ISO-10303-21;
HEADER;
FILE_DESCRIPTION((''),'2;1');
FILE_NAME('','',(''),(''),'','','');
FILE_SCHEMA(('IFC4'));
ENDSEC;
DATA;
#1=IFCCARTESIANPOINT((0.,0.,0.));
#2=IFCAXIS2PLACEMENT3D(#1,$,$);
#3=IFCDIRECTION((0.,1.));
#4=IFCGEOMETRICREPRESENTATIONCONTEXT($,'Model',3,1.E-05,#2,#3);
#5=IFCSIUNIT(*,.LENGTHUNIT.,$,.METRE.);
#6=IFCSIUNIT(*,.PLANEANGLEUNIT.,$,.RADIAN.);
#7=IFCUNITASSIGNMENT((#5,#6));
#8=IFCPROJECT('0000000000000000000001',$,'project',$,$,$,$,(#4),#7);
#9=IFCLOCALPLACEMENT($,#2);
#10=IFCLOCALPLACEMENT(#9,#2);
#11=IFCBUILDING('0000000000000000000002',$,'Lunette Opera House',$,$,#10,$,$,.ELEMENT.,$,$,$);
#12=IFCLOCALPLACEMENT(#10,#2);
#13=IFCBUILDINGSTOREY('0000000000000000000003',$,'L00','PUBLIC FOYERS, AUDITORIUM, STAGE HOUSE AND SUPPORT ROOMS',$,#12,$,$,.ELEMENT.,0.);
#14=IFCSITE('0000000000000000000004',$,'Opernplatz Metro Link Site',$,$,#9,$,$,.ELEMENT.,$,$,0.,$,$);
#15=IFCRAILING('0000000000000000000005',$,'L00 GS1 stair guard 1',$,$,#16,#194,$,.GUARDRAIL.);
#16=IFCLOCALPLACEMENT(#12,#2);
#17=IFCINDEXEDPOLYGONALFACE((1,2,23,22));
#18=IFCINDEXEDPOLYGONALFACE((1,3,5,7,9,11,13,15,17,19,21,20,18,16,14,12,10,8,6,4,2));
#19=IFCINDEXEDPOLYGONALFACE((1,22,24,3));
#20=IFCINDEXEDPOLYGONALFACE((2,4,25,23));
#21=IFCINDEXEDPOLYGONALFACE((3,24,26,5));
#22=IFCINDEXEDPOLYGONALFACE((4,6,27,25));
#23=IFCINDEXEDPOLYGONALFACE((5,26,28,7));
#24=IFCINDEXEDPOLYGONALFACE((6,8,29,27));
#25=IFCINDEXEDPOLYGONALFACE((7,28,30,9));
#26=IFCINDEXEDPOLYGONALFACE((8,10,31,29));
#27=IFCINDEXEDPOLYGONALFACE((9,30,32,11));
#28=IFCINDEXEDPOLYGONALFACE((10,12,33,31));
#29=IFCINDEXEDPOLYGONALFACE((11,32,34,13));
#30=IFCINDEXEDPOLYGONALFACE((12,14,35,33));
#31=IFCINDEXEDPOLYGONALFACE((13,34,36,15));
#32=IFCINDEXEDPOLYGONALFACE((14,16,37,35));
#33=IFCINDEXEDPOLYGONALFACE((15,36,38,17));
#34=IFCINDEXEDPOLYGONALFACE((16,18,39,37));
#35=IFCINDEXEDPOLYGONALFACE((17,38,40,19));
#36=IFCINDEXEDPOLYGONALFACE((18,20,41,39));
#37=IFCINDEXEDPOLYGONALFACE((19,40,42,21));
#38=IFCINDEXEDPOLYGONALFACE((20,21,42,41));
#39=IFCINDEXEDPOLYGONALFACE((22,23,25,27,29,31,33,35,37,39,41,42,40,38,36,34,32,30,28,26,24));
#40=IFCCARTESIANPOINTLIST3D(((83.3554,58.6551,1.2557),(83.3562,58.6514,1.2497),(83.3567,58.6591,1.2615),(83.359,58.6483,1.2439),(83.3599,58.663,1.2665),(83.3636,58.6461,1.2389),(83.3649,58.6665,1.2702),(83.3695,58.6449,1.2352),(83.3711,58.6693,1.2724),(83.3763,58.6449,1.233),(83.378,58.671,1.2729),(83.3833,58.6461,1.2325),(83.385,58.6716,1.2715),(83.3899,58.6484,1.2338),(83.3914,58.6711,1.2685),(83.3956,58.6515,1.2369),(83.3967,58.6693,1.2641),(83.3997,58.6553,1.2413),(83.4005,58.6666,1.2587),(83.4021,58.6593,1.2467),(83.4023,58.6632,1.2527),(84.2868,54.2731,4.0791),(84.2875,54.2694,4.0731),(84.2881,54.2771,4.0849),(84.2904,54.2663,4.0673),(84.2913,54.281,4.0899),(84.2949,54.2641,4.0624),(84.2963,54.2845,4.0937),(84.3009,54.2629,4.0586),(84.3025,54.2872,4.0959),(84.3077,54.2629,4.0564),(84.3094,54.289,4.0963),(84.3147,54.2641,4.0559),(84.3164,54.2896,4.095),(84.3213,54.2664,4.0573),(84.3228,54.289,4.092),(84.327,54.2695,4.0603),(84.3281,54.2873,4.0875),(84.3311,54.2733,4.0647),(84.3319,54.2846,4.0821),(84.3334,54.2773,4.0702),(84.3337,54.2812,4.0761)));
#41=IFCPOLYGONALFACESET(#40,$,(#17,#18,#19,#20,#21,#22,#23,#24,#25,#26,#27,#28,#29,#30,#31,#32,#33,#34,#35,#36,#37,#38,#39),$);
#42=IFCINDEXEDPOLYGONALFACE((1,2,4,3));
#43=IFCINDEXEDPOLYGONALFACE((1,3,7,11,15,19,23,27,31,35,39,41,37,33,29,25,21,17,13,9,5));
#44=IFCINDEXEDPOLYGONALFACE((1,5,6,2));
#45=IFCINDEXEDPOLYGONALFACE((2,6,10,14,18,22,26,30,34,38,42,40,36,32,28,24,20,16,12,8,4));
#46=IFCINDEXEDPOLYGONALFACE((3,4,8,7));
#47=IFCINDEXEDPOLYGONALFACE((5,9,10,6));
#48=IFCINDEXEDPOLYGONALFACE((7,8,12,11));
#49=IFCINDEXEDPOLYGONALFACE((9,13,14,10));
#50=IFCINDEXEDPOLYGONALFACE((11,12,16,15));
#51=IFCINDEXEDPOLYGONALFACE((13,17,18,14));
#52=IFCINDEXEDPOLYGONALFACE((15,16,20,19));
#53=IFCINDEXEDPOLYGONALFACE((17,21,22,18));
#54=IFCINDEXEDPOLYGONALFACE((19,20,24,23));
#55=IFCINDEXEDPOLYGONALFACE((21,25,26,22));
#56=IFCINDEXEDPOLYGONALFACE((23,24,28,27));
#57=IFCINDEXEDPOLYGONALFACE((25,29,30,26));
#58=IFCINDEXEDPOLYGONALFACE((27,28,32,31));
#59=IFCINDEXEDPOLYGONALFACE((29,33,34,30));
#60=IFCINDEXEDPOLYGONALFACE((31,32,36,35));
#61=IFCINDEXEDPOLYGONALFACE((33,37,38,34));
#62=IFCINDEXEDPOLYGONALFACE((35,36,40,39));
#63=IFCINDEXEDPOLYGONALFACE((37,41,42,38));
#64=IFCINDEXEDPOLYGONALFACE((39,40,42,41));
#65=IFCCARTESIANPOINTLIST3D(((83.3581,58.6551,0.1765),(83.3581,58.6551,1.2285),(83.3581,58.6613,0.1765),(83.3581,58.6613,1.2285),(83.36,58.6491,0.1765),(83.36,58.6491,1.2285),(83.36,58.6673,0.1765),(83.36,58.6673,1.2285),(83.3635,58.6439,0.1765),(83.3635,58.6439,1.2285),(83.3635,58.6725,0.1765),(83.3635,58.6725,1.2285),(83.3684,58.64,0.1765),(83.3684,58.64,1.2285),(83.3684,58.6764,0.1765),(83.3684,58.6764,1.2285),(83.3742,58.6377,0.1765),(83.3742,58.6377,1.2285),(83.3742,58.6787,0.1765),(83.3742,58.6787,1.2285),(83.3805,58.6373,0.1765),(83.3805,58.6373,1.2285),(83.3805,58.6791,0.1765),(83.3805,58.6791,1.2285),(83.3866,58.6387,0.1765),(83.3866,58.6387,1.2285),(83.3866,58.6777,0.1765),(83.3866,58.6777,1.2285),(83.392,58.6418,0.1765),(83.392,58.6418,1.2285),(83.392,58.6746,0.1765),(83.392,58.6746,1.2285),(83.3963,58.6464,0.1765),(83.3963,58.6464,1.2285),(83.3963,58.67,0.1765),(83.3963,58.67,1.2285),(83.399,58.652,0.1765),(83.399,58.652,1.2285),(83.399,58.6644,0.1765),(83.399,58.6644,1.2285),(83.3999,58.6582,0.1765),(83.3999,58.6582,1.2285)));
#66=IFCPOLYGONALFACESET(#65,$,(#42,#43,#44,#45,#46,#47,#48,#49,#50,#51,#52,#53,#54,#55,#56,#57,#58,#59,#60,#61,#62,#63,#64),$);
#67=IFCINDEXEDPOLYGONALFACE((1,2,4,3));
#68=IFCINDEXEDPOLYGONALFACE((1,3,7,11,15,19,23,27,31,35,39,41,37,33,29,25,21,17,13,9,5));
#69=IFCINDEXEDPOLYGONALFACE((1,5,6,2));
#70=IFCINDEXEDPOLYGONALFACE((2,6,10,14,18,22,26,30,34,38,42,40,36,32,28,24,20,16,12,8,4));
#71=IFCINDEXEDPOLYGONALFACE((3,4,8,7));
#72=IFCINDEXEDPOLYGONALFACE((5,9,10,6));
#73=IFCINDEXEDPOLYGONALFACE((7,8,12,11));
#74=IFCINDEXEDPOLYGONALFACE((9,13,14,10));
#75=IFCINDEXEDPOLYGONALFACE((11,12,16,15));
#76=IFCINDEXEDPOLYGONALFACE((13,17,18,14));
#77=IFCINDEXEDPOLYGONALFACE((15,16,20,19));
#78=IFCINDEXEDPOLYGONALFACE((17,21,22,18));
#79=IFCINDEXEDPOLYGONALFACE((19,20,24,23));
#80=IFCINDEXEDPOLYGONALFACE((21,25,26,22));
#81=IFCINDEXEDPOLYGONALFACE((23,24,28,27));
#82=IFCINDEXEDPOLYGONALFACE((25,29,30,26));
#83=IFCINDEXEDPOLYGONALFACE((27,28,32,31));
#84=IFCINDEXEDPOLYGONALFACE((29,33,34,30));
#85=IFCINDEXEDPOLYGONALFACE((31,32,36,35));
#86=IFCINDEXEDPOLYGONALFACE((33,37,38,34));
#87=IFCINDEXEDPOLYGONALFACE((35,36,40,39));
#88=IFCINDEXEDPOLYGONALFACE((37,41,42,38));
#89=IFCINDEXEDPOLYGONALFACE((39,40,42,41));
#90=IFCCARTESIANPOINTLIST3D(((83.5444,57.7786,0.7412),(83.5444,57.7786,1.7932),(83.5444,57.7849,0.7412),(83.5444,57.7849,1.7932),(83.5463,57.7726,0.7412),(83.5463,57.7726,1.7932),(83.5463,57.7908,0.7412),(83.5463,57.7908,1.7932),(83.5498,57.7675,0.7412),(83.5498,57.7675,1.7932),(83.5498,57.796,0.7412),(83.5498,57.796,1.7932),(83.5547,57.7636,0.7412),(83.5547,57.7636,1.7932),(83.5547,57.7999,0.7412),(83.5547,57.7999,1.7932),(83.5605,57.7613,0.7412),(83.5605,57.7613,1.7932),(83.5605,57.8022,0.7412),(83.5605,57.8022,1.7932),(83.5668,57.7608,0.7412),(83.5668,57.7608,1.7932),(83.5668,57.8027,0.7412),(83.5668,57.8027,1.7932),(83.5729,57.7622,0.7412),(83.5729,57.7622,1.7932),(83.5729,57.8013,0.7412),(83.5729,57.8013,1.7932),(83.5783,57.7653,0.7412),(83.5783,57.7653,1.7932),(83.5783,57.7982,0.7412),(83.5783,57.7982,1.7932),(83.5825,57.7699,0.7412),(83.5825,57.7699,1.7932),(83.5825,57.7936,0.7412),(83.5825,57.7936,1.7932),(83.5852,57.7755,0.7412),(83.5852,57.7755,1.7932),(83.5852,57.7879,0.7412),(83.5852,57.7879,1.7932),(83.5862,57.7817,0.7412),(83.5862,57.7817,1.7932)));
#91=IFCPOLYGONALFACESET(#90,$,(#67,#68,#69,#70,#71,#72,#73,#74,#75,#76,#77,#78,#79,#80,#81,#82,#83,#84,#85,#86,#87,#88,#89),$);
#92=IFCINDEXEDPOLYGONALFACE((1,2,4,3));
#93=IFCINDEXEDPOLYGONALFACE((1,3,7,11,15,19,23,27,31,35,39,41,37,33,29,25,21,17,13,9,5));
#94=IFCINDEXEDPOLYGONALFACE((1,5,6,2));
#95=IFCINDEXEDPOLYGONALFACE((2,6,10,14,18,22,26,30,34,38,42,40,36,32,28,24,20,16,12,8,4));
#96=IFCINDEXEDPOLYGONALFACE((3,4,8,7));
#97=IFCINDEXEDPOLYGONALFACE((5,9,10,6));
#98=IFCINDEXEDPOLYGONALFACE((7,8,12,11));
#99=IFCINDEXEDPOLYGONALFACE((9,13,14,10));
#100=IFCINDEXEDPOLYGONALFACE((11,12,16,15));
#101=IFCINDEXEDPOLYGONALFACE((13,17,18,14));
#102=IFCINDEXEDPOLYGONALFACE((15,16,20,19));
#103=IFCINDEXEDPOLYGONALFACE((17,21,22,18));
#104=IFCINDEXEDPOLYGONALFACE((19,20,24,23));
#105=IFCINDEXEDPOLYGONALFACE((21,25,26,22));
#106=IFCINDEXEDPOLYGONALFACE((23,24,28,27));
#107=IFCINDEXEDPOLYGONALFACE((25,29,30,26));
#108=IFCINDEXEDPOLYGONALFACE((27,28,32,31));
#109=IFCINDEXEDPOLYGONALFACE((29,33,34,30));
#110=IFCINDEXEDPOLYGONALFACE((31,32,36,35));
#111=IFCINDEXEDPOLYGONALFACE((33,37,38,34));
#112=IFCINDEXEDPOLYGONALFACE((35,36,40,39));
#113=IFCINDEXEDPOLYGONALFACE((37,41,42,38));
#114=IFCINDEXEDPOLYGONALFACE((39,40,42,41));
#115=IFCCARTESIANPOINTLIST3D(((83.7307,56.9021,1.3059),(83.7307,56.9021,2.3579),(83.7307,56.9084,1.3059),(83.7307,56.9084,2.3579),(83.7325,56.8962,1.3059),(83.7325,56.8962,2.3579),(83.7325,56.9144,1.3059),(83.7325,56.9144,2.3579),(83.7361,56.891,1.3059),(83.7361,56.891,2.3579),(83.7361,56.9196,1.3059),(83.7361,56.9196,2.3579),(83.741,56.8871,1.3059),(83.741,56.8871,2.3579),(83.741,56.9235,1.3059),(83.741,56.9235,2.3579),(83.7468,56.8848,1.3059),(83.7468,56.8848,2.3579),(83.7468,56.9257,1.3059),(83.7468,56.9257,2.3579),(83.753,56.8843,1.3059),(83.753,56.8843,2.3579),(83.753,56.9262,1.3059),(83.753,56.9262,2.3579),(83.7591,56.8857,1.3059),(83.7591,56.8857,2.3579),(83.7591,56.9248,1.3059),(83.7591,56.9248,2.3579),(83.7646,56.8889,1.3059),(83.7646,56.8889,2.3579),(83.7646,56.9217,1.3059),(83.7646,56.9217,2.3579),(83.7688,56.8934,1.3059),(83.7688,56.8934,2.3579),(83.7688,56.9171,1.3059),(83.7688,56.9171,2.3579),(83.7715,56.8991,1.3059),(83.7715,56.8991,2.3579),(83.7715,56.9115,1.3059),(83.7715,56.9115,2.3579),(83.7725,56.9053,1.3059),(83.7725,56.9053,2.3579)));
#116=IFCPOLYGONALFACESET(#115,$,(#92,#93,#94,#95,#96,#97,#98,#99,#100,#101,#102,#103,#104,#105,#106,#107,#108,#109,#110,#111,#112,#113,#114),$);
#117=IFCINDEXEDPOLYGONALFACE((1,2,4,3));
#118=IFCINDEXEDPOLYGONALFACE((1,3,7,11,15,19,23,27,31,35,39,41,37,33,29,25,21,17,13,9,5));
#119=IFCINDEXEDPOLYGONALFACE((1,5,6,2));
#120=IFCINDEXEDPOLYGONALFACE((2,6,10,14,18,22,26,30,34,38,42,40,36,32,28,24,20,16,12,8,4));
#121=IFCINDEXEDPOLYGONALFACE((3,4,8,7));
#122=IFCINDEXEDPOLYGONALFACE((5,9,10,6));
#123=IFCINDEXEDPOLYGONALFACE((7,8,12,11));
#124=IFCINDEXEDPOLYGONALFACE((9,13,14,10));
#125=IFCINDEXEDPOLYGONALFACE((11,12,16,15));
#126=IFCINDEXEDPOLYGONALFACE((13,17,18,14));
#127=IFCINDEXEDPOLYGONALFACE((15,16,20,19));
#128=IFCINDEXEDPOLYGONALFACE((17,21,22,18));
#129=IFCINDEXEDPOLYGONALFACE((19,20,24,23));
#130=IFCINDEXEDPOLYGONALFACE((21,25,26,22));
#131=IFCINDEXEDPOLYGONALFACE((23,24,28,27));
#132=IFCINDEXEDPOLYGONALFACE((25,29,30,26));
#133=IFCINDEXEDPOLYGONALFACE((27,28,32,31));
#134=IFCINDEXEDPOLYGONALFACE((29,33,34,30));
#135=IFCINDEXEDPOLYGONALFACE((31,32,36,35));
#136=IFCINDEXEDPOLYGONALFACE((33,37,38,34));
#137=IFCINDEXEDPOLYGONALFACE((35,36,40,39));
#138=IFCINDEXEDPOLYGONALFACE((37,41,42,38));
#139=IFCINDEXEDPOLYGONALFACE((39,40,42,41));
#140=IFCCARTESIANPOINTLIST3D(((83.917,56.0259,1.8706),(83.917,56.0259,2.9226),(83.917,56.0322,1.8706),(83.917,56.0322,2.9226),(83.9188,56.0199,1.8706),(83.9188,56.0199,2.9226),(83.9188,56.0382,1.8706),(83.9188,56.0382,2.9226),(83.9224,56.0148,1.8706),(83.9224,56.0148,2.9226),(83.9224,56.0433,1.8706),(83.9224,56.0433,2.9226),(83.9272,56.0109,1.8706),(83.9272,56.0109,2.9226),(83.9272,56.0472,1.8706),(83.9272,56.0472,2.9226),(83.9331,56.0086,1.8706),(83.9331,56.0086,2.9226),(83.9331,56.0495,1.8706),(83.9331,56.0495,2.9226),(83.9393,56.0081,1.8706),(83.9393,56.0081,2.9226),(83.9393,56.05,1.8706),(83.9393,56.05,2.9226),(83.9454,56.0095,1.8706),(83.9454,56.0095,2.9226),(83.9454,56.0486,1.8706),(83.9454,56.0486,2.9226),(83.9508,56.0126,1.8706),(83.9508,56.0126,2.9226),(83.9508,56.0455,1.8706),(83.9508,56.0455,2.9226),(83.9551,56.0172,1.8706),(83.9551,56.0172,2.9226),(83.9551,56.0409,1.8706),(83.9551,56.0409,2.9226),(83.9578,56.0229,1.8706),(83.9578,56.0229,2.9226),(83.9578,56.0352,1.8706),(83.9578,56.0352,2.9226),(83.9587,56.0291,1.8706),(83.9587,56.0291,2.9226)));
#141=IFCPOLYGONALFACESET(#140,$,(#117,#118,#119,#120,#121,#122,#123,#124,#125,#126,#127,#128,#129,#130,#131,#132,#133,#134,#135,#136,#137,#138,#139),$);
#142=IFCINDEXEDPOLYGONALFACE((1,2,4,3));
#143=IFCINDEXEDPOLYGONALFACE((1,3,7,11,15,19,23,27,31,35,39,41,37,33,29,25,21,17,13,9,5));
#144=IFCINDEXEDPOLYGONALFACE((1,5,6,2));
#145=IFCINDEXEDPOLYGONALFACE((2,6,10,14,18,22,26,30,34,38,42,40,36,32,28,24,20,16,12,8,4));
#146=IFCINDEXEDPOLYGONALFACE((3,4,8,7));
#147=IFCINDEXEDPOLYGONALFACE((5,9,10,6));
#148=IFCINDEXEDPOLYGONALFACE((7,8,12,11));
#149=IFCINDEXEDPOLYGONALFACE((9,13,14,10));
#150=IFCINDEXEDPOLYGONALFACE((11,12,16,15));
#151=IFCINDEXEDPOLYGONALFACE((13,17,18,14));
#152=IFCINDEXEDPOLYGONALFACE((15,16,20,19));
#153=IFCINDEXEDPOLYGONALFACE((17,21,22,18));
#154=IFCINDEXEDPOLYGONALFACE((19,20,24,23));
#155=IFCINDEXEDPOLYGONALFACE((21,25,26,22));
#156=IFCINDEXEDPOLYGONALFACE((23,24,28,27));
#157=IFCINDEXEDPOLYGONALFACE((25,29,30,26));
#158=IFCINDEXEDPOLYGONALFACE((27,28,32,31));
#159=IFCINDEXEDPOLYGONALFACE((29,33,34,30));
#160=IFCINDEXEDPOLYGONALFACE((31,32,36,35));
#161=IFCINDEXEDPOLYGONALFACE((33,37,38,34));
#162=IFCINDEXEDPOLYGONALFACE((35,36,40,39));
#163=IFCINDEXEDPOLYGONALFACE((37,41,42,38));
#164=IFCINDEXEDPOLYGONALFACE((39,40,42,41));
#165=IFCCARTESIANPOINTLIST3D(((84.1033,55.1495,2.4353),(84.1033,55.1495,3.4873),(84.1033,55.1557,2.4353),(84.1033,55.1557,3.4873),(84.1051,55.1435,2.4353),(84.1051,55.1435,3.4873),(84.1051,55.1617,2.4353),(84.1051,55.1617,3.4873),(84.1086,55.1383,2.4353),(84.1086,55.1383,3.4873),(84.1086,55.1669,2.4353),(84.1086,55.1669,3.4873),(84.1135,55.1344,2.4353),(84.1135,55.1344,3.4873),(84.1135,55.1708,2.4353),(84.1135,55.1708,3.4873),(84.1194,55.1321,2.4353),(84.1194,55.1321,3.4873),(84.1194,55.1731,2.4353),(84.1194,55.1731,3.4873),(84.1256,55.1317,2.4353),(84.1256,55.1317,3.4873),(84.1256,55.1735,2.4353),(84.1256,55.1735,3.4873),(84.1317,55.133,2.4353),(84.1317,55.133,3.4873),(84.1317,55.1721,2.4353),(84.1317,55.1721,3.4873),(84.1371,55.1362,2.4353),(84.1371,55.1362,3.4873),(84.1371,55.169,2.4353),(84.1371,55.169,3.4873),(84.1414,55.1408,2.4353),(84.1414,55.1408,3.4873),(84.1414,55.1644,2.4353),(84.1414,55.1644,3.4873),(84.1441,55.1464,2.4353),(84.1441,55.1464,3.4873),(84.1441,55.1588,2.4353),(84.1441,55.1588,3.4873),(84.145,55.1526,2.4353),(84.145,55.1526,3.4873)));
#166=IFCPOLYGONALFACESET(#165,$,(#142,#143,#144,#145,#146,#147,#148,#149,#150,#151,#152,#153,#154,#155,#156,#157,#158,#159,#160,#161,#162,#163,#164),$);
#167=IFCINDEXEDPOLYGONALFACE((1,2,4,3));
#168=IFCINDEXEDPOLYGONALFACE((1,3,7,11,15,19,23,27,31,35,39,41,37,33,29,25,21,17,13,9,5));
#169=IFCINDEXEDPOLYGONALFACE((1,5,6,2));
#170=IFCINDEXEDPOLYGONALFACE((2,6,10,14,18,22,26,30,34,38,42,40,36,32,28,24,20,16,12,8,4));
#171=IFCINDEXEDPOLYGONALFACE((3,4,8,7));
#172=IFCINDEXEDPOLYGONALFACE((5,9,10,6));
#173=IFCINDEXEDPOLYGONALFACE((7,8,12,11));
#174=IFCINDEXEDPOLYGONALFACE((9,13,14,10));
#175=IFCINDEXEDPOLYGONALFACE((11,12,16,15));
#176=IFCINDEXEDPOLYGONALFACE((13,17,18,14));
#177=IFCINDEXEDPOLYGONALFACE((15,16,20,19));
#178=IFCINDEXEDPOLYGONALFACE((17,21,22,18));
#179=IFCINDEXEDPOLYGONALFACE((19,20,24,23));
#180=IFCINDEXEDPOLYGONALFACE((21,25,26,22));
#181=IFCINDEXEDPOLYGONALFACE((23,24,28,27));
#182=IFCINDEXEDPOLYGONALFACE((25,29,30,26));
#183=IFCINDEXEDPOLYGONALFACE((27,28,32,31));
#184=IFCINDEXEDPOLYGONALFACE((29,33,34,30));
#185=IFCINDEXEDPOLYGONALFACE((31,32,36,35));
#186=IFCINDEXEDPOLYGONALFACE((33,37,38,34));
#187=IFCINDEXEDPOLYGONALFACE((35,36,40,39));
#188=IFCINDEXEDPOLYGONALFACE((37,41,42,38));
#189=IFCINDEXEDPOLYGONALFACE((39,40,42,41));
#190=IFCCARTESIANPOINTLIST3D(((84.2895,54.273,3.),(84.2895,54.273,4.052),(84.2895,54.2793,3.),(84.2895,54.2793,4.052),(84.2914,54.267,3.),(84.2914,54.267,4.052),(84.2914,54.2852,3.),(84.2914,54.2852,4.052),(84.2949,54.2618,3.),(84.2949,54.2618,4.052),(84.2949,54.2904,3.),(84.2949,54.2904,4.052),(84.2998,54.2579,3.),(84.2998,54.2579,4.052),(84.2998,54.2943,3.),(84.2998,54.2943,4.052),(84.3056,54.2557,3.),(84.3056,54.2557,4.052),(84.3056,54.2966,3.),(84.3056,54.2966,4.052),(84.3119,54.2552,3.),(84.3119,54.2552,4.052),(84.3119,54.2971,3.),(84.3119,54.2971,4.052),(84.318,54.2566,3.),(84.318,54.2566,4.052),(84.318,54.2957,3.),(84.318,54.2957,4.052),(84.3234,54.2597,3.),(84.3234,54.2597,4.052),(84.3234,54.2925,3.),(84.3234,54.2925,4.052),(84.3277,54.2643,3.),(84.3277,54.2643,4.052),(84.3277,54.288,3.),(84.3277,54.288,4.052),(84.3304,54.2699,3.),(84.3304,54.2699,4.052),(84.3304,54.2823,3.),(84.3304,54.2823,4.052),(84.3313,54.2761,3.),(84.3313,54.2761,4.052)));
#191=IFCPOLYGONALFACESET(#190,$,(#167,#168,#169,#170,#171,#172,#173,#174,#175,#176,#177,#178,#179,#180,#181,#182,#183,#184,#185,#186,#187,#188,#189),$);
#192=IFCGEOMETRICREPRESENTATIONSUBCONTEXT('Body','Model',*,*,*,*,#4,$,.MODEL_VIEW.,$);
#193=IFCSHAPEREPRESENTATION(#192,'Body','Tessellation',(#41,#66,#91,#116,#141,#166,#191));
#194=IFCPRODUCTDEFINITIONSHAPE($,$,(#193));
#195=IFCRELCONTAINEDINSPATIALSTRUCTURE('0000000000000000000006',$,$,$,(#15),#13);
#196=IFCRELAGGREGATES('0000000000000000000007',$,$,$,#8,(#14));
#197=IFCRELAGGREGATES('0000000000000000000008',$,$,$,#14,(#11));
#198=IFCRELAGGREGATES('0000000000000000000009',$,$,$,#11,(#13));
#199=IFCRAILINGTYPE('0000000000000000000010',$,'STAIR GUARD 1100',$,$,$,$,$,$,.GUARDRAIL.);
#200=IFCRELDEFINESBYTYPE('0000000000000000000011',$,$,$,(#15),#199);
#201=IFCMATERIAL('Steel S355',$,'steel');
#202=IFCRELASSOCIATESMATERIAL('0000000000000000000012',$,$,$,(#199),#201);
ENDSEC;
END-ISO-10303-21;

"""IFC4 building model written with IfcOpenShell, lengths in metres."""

from ifc_helpers import new_model, si_unit, direction, frame, origin, origin_2d, place, context, subcontext, project, spatial, circle, extrude, material, type_object, element, save


model = new_model("IFC4")

# Units and contexts
model_context = context("Model", 3, precision=1e-05, world=origin(), true_north=direction((0.0, 1.0)))
body_context = subcontext(model_context, "Body", "Model", "MODEL_VIEW")
ifc_project = project(units=[si_unit("LENGTHUNIT", "METRE"), si_unit("PLANEANGLEUNIT", "RADIAN")], contexts=[model_context])

# Site, building, storey
site_placement = place(None, origin())
site = spatial("IfcSite", under=ifc_project, at=site_placement, Name="Opernplatz Metro Link Site", CompositionType="ELEMENT", RefElevation=0.0)
building_placement = place(site_placement, origin())
building = spatial("IfcBuilding", under=site, at=building_placement, Name="Lunette Opera House", CompositionType="ELEMENT")
storey_placement = place(building_placement, origin())
storey = spatial("IfcBuildingStorey", under=building, at=storey_placement, Name="L00", Description="PUBLIC FOYERS, AUDITORIUM, STAGE HOUSE AND SUPPORT ROOMS", CompositionType="ELEMENT", Elevation=0.0)

# Railing
ifc_material_1 = material(Name="Steel S355", Category="steel")
railing_type_1 = type_object("IfcRailingType", Name="STAIR GUARD 1100", PredefinedType="GUARDRAIL", material=ifc_material_1)
railing_1_placement = place(storey_placement, frame((83.3789, 58.6582, 0.1765)))
element("IfcRailing", 1, at=railing_1_placement, inside=storey, type_object=railing_type_1, Name="L00 GS1 stair guard 1", PredefinedType="GUARDRAIL", context=body_context, shape_type="SweptSolid", body=[
    extrude(circle(Radius=0.0239, at=origin_2d()), frame((0.0, 0.0, 1.0762), z_axis=(0.175885, -0.827512, 0.533187), x_axis=(0.97815, 0.207902, 0.0)), (0.0, 0.0, 1.0), 5.2954),
    extrude(circle(Radius=0.021, at=origin_2d()), origin(), (0.0, 0.0, 1.0), 1.052),
    extrude(circle(Radius=0.021, at=origin_2d()), frame((0.1863, -0.8765, 0.5647)), (0.0, 0.0, 1.0), 1.052),
    extrude(circle(Radius=0.021, at=origin_2d()), frame((0.3726, -1.7529, 1.1294)), (0.0, 0.0, 1.0), 1.052),
    extrude(circle(Radius=0.021, at=origin_2d()), frame((0.5588, -2.6292, 1.6941)), (0.0, 0.0, 1.0), 1.052),
    extrude(circle(Radius=0.021, at=origin_2d()), frame((0.7451, -3.5056, 2.2588)), (0.0, 0.0, 1.0), 1.052),
    extrude(circle(Radius=0.021, at=origin_2d()), frame((0.9314, -4.3821, 2.8235)), (0.0, 0.0, 1.0), 1.052),
])

save(model, "model.ifc")
